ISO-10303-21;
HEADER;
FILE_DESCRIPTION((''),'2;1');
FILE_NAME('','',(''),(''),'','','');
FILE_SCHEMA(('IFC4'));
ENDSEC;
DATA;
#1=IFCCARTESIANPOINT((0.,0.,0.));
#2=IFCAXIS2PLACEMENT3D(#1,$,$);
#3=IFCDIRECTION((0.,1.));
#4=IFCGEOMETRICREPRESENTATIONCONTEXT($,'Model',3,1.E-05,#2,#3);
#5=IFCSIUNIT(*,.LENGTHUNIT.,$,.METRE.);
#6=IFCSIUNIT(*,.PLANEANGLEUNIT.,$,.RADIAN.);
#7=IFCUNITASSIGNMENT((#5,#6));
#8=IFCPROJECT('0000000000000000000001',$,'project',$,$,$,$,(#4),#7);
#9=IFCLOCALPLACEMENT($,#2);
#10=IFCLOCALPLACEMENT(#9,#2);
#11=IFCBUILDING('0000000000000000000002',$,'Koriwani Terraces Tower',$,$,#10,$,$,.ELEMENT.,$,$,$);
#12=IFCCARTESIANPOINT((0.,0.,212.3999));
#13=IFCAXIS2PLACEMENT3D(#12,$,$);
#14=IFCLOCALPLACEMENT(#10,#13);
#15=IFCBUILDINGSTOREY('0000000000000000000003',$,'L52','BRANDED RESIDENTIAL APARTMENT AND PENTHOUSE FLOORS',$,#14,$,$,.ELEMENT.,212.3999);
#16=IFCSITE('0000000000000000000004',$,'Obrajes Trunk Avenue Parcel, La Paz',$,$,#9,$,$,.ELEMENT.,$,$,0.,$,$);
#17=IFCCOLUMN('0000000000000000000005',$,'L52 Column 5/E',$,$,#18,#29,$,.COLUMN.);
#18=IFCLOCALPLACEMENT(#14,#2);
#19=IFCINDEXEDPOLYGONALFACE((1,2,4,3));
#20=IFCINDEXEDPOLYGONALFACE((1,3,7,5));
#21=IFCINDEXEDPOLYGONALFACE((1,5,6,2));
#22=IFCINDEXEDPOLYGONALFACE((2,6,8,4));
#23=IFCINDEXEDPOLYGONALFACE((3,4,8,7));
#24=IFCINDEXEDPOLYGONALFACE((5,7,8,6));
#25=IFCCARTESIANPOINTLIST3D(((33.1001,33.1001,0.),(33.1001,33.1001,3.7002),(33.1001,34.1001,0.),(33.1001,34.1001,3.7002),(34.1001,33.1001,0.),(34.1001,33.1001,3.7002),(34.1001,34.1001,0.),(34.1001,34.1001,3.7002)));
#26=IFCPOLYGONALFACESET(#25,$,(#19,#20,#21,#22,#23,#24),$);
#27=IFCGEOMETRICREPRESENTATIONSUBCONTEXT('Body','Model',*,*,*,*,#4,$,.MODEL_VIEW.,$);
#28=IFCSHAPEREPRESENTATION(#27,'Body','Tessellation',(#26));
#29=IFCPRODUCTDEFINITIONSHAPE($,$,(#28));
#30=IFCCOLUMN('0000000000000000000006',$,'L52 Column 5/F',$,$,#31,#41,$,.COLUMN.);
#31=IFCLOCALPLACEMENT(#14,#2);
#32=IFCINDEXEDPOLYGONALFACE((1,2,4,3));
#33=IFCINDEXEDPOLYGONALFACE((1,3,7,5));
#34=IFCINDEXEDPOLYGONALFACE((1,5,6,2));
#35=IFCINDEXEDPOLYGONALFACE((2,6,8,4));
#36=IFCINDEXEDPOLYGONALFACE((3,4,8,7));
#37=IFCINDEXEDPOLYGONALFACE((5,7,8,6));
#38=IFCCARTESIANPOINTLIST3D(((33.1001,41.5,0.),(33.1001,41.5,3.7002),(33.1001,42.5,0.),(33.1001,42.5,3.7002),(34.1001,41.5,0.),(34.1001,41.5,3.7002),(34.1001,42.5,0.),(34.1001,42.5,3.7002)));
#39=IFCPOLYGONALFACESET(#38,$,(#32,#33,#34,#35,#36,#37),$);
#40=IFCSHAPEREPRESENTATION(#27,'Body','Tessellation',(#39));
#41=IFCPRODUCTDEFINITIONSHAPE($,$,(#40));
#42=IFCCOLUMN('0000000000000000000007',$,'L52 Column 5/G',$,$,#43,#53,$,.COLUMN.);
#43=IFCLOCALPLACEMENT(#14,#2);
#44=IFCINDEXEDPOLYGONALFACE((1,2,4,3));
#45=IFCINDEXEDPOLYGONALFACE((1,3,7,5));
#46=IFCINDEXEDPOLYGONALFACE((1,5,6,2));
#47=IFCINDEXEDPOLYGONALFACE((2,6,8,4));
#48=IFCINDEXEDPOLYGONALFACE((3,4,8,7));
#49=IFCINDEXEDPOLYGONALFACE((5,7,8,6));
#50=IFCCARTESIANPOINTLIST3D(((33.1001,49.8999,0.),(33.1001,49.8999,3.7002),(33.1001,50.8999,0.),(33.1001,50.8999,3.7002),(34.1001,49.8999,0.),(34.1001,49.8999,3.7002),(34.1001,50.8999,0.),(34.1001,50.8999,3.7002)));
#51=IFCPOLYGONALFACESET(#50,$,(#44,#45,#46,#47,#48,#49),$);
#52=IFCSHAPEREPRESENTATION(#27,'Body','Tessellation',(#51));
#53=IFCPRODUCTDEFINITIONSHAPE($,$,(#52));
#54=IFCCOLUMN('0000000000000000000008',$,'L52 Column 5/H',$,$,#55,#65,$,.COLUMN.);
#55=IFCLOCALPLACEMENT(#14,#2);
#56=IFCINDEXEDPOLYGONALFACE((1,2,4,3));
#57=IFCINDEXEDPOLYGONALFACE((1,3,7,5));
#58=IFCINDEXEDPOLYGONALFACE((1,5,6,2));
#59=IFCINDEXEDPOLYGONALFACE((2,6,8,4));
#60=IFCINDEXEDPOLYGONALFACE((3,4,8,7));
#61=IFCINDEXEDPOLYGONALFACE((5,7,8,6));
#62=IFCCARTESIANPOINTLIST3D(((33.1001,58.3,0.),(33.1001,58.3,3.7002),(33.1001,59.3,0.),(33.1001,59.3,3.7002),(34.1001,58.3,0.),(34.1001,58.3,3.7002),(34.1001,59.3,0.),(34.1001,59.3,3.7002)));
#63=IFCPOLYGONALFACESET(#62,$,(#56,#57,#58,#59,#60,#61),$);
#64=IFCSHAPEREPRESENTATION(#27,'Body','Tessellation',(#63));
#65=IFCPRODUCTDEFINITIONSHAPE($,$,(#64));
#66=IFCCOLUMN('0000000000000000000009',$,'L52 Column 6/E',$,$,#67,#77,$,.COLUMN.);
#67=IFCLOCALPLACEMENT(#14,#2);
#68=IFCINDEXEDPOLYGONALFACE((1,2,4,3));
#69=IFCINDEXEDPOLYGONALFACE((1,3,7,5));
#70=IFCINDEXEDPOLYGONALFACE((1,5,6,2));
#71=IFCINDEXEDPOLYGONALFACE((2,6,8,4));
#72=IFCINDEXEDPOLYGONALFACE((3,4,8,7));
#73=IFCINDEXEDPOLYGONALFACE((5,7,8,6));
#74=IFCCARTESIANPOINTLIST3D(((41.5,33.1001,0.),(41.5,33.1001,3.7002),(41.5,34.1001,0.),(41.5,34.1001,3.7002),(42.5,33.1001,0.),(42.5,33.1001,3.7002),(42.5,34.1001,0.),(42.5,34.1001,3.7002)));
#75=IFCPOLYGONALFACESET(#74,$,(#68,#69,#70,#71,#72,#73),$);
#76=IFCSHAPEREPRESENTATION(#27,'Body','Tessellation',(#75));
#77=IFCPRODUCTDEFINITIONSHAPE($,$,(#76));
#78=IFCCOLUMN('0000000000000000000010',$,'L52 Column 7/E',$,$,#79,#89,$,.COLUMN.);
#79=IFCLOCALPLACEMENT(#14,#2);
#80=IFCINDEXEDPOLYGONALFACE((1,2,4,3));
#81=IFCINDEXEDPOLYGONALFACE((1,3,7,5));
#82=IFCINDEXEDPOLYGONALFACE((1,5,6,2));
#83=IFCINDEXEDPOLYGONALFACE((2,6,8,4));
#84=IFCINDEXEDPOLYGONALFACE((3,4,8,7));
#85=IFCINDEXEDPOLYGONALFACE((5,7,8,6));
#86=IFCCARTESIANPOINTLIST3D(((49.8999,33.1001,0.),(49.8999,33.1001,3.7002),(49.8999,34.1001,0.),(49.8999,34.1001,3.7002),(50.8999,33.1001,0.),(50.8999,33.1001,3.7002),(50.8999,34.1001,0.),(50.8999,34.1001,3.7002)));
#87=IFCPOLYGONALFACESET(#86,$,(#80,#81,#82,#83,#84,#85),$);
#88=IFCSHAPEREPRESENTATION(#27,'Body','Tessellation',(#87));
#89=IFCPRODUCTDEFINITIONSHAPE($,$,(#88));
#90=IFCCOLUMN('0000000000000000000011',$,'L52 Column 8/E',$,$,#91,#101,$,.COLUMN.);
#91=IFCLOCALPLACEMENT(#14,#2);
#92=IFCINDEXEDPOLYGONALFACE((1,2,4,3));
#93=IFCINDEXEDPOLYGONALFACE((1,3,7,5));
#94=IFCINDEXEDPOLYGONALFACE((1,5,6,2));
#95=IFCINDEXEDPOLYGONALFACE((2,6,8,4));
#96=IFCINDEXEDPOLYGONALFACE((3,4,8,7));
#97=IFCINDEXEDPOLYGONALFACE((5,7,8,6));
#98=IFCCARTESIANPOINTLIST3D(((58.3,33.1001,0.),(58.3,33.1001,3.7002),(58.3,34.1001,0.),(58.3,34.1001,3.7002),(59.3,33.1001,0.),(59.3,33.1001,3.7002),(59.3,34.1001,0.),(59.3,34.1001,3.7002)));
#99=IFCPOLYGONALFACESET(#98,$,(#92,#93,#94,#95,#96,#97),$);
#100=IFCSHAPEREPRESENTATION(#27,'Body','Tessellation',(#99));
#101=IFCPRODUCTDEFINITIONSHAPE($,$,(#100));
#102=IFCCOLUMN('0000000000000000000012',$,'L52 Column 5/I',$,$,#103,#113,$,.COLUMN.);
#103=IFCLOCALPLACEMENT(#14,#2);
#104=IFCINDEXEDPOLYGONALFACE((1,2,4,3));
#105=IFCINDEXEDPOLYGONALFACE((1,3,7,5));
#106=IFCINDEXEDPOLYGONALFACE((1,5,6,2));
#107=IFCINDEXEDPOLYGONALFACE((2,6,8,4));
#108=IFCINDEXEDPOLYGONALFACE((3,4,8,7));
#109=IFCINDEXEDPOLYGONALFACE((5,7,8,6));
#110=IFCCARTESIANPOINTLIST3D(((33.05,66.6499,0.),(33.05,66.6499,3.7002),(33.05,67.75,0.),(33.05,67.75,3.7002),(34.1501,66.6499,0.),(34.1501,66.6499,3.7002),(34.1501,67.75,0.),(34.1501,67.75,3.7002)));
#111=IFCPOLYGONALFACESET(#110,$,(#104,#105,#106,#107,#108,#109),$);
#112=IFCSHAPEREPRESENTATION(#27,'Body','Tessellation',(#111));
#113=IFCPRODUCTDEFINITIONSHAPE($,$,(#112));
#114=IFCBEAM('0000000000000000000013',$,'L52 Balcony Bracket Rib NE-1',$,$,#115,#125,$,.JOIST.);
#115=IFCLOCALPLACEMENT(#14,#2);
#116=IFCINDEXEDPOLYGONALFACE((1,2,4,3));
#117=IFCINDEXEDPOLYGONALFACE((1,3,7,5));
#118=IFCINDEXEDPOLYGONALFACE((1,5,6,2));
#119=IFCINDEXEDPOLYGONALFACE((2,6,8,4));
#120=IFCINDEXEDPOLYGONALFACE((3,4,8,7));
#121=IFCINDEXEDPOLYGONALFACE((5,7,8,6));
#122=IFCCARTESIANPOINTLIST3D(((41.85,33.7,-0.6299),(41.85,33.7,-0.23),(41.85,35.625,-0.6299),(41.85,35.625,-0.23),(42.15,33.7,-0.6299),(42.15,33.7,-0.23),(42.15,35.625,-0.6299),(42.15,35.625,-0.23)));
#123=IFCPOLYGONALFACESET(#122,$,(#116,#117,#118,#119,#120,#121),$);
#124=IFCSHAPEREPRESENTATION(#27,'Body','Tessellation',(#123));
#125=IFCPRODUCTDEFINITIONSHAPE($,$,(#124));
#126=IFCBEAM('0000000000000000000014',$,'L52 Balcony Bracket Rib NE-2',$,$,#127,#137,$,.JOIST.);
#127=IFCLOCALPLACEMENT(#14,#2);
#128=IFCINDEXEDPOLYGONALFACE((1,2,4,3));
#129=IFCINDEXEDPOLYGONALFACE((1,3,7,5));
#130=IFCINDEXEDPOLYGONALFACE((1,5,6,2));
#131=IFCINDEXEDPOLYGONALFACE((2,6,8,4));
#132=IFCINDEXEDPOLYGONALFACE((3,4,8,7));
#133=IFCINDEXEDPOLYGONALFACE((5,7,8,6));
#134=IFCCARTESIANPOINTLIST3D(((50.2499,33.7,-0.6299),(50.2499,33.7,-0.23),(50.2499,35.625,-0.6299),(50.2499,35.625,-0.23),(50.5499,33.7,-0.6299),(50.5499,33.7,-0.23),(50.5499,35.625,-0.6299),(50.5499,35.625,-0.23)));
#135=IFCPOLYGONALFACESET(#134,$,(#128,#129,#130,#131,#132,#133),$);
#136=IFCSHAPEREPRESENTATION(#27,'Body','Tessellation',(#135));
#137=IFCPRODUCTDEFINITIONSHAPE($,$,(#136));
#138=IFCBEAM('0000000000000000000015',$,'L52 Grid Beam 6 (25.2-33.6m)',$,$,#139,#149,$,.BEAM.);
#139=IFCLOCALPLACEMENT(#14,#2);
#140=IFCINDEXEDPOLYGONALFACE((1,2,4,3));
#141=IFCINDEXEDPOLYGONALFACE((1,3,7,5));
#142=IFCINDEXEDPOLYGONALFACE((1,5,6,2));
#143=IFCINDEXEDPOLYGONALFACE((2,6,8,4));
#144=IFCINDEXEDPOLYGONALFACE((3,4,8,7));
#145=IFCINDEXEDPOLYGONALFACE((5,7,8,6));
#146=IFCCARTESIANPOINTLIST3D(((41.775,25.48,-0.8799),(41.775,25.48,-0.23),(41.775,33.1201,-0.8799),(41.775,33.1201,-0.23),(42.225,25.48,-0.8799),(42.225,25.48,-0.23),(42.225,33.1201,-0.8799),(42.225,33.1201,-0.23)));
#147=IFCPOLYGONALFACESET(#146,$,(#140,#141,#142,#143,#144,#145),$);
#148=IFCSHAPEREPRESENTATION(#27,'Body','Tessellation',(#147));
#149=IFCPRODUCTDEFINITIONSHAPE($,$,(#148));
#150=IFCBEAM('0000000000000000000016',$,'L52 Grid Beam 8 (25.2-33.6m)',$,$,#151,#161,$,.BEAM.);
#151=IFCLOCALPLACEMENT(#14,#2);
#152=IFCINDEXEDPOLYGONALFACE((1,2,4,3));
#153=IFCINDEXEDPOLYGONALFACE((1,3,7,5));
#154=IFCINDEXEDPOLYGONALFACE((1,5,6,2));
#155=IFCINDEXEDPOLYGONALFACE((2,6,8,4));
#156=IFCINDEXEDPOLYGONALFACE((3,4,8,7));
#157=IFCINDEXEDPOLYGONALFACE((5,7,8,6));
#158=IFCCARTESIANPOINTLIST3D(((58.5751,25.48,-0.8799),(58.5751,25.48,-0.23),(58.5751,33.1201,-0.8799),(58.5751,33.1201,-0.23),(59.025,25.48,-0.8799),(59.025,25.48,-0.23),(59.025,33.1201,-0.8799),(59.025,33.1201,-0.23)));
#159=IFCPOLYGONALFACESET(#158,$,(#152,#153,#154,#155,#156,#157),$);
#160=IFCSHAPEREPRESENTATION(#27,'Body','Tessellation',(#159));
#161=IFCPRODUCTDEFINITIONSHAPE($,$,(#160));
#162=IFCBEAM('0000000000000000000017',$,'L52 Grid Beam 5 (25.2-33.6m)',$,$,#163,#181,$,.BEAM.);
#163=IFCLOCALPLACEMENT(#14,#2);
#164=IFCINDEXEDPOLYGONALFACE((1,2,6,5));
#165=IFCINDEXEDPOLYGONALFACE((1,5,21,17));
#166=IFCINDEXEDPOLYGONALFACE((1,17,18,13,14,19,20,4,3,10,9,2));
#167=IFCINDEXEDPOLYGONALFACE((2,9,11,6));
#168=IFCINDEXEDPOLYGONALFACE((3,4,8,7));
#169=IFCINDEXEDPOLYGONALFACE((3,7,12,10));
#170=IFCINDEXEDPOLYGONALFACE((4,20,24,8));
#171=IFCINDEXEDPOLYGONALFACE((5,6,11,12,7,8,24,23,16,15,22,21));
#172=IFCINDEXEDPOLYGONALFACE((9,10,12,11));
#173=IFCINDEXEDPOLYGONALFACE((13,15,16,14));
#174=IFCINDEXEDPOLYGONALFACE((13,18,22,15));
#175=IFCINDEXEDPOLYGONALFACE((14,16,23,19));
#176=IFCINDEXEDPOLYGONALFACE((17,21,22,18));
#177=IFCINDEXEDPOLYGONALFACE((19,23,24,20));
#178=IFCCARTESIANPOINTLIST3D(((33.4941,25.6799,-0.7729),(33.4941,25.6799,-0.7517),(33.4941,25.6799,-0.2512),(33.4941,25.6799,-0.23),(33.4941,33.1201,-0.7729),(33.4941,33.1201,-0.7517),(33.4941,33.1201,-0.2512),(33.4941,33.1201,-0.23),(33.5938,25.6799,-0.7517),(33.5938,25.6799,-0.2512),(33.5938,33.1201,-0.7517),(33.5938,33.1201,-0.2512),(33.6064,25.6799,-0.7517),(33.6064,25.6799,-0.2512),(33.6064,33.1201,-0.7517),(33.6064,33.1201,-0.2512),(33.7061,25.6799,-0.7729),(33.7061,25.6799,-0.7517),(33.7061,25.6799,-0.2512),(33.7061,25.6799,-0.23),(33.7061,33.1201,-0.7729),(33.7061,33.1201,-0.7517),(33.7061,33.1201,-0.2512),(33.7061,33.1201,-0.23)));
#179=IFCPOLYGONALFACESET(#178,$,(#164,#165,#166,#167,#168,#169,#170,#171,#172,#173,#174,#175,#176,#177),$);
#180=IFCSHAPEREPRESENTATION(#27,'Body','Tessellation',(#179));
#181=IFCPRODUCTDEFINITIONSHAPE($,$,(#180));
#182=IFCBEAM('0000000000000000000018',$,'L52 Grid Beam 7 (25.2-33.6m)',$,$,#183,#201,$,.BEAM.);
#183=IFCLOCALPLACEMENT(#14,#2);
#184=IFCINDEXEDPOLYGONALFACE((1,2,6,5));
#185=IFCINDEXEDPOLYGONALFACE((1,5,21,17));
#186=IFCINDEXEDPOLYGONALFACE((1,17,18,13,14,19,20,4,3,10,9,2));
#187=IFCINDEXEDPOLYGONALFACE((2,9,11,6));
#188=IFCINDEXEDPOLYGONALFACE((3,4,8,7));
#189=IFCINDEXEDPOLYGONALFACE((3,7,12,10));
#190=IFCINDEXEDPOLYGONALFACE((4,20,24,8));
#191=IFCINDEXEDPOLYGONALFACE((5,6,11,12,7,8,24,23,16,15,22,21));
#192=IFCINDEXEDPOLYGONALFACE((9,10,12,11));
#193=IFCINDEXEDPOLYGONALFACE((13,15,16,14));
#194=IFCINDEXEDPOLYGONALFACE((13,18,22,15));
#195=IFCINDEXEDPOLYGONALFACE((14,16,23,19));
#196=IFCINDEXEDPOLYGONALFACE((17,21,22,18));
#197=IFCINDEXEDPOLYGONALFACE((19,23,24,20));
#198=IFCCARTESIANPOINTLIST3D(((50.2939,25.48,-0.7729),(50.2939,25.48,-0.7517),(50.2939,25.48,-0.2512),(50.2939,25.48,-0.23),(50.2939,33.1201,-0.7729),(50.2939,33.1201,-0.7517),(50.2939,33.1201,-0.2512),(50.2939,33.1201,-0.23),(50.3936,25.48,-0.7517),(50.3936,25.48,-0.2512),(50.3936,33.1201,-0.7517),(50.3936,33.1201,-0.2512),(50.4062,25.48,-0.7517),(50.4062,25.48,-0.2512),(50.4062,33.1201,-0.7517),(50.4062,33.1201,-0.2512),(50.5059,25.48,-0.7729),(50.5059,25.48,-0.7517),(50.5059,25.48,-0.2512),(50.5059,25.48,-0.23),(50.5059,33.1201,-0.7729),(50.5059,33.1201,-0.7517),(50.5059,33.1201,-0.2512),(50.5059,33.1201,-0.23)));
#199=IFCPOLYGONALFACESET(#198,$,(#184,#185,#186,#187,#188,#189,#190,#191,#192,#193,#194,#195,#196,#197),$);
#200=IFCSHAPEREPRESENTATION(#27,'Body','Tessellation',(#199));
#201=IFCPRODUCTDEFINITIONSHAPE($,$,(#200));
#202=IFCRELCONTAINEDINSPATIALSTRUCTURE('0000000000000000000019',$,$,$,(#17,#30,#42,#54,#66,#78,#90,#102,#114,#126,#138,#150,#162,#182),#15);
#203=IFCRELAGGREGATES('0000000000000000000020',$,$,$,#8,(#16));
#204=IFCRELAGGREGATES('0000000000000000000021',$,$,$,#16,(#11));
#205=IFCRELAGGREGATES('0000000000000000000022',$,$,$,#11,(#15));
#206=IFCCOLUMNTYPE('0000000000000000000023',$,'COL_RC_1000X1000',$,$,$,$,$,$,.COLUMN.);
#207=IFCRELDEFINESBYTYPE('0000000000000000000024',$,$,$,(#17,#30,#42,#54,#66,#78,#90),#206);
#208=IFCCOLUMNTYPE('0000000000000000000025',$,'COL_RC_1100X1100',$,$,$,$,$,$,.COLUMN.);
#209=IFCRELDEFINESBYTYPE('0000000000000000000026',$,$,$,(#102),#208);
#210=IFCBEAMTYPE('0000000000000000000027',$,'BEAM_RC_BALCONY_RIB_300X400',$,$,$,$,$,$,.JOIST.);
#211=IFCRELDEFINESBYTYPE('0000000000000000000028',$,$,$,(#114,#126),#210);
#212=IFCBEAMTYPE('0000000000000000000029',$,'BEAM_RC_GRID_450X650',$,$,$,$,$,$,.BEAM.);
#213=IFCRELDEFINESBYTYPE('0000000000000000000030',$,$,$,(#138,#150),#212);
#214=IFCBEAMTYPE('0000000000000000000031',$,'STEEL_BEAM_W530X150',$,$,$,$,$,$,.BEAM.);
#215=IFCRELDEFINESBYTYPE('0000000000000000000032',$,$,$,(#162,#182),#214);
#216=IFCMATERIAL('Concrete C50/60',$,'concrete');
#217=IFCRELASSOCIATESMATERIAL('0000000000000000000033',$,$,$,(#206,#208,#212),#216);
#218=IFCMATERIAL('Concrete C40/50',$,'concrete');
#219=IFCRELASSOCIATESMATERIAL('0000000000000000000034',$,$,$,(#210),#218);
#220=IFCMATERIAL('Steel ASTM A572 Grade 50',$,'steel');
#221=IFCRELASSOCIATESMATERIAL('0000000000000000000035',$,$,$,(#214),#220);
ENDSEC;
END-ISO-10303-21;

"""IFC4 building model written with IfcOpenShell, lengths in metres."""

from ifc_helpers import new_model, si_unit, direction, frame, origin, origin_2d, place, context, subcontext, project, spatial, rectangle, i_section, extrude, material, material_profile, profile_set, type_object, element, save


model = new_model("IFC4")

# Units and contexts
model_context = context("Model", 3, precision=1e-05, world=origin(), true_north=direction((0.0, 1.0)))
body_context = subcontext(model_context, "Body", "Model", "MODEL_VIEW")
ifc_project = project(units=[si_unit("LENGTHUNIT", "METRE"), si_unit("PLANEANGLEUNIT", "RADIAN")], contexts=[model_context])

# Site, building, storey
site_placement = place(None, origin())
site = spatial("IfcSite", under=ifc_project, at=site_placement, Name="Obrajes Trunk Avenue Parcel, La Paz", CompositionType="ELEMENT", RefElevation=0.0)
building_placement = place(site_placement, origin())
building = spatial("IfcBuilding", under=site, at=building_placement, Name="Koriwani Terraces Tower", CompositionType="ELEMENT")
storey_placement = place(building_placement, frame((0.0, 0.0, 212.3999)))
storey = spatial("IfcBuildingStorey", under=building, at=storey_placement, Name="L52", Description="BRANDED RESIDENTIAL APARTMENT AND PENTHOUSE FLOORS", CompositionType="ELEMENT", Elevation=212.3999)

# Columns
ifc_material_1 = material(Name="Concrete C50/60", Category="concrete")
ifc_material_profile_1 = material_profile(ifc_material_1, rectangle(XDim=1.0, YDim=1.0, at=origin_2d()), Name="Concrete C50/60", Category="LoadBearing")
ifc_profile_set_1 = profile_set([ifc_material_profile_1], Name="Concrete C50/60")
column_type_1 = type_object("IfcColumnType", Name="COL_RC_1000X1000", PredefinedType="COLUMN", material=ifc_profile_set_1)
for number, where, z_axis, x_axis, name in (
    (1, (33.6001, 33.6001, 0.0), (0.0, 0.0, 1.0), (1.0, 0.0, 0.0), "L52 Column 5/E"),
    (2, (33.6001, 42.0, 0.0), (0.0, 0.0, 1.0), (1.0, 0.0, 0.0), "L52 Column 5/F"),
    (3, (33.6001, 50.3999, 0.0), (0.0, 0.0, 1.0), (1.0, 0.0, 0.0), "L52 Column 5/G"),
    (4, (33.6001, 58.8, 0.0), (0.0, 0.0, 1.0), (1.0, 0.0, 0.0), "L52 Column 5/H"),
    (5, (42.0, 33.6001, 0.0), (0.0, 0.0, 1.0), (1.0, 0.0, 0.0), "L52 Column 6/E"),
    (6, (50.3999, 33.6001, 0.0), (0.0, 0.0, 1.0), (1.0, 0.0, 0.0), "L52 Column 7/E"),
    (7, (58.8, 33.6001, 0.0), (0.0, 0.0, 1.0), (1.0, 0.0, 0.0), "L52 Column 8/E"),
):
    element("IfcColumn", number, at=place(storey_placement, frame(where, z_axis=z_axis, x_axis=x_axis)), inside=storey, type_object=column_type_1, Name=name, PredefinedType="COLUMN", context=body_context, shape_type="SweptSolid", body=[
        extrude(rectangle(XDim=1.0, YDim=1.0, at=origin_2d()), origin(), (0.0, 0.0, 1.0), 3.7002),
    ])
ifc_material_profile_2 = material_profile(ifc_material_1, rectangle(XDim=1.1001, YDim=1.1001, at=origin_2d()), Name="Concrete C50/60", Category="LoadBearing")
ifc_profile_set_2 = profile_set([ifc_material_profile_2], Name="Concrete C50/60")
column_type_2 = type_object("IfcColumnType", Name="COL_RC_1100X1100", PredefinedType="COLUMN", material=ifc_profile_set_2)
column_placement = place(storey_placement, frame((33.6001, 67.2, 0.0), z_axis=(0.0, 0.0, 1.0), x_axis=(1.0, 0.0, 0.0)))
element("IfcColumn", 8, at=column_placement, inside=storey, type_object=column_type_2, Name="L52 Column 5/I", PredefinedType="COLUMN", context=body_context, shape_type="SweptSolid", body=[
    extrude(rectangle(XDim=1.1001, YDim=1.1001, at=origin_2d()), origin(), (0.0, 0.0, 1.0), 3.7002),
])

# Beams
ifc_material_2 = material(Name="Concrete C40/50", Category="concrete")
ifc_material_profile_3 = material_profile(ifc_material_2, rectangle(XDim=0.3, YDim=0.3999, at=origin_2d()), Name="Concrete C40/50", Category="LoadBearing")
ifc_profile_set_3 = profile_set([ifc_material_profile_3], Name="Concrete C40/50")
beam_type_1 = type_object("IfcBeamType", Name="BEAM_RC_BALCONY_RIB_300X400", PredefinedType="JOIST", material=ifc_profile_set_3)
for number, where, z_axis, x_axis, name in (
    (9, (42.0, 33.7, -0.4299), (0.0, 1.0, 0.0), (-1.0, 0.0, 0.0), "L52 Balcony Bracket Rib NE-1"),
    (10, (50.3999, 33.7, -0.4299), (0.0, 1.0, 0.0), (-1.0, 0.0, 0.0), "L52 Balcony Bracket Rib NE-2"),
):
    element("IfcBeam", number, at=place(storey_placement, frame(where, z_axis=z_axis, x_axis=x_axis)), inside=storey, type_object=beam_type_1, Name=name, PredefinedType="JOIST", context=body_context, shape_type="SweptSolid", body=[
        extrude(rectangle(XDim=0.3, YDim=0.3999, at=origin_2d()), origin(), (0.0, 0.0, 1.0), 1.925),
    ])
ifc_material_profile_4 = material_profile(ifc_material_1, rectangle(XDim=0.45, YDim=0.6499, at=origin_2d()), Name="Concrete C50/60", Category="LoadBearing")
ifc_profile_set_4 = profile_set([ifc_material_profile_4], Name="Concrete C50/60")
beam_type_2 = type_object("IfcBeamType", Name="BEAM_RC_GRID_450X650", PredefinedType="BEAM", material=ifc_profile_set_4)
for number, where, z_axis, x_axis, name in (
    (11, (42.0, 25.48, -0.5549), (0.0, 1.0, 0.0), (-1.0, 0.0, 0.0), "L52 Grid Beam 6 (25.2-33.6m)"),
    (12, (58.8, 25.48, -0.5549), (0.0, 1.0, 0.0), (-1.0, 0.0, 0.0), "L52 Grid Beam 8 (25.2-33.6m)"),
):
    element("IfcBeam", number, at=place(storey_placement, frame(where, z_axis=z_axis, x_axis=x_axis)), inside=storey, type_object=beam_type_2, Name=name, PredefinedType="BEAM", context=body_context, shape_type="SweptSolid", body=[
        extrude(rectangle(XDim=0.45, YDim=0.6499, at=origin_2d()), origin(), (0.0, 0.0, 1.0), 7.6401),
    ])
ifc_material_3 = material(Name="Steel ASTM A572 Grade 50", Category="steel")
ifc_material_profile_5 = material_profile(ifc_material_3, i_section(OverallWidth=0.2119, OverallDepth=0.543, WebThickness=0.0127, FlangeThickness=0.0212, at=origin_2d()), Name="Steel ASTM A572 Grade 50", Category="LoadBearing")
ifc_profile_set_5 = profile_set([ifc_material_profile_5], Name="Steel ASTM A572 Grade 50")
beam_type_3 = type_object("IfcBeamType", Name="STEEL_BEAM_W530X150", PredefinedType="BEAM", material=ifc_profile_set_5)
beam_1_placement = place(storey_placement, frame((33.6001, 25.6799, -0.5015), z_axis=(0.0, 1.0, 0.0), x_axis=(-1.0, 0.0, 0.0)))
element("IfcBeam", 13, at=beam_1_placement, inside=storey, type_object=beam_type_3, Name="L52 Grid Beam 5 (25.2-33.6m)", PredefinedType="BEAM", context=body_context, shape_type="SweptSolid", body=[
    extrude(i_section(OverallWidth=0.2119, OverallDepth=0.543, WebThickness=0.0127, FlangeThickness=0.0212, at=origin_2d()), origin(), (0.0, 0.0, 1.0), 7.4402),
])
beam_2_placement = place(storey_placement, frame((50.3999, 25.48, -0.5015), z_axis=(0.0, 1.0, 0.0), x_axis=(-1.0, 0.0, 0.0)))
element("IfcBeam", 14, at=beam_2_placement, inside=storey, type_object=beam_type_3, Name="L52 Grid Beam 7 (25.2-33.6m)", PredefinedType="BEAM", context=body_context, shape_type="SweptSolid", body=[
    extrude(i_section(OverallWidth=0.2119, OverallDepth=0.543, WebThickness=0.0127, FlangeThickness=0.0212, at=origin_2d()), origin(), (0.0, 0.0, 1.0), 7.6401),
])

save(model, "model.ifc")
